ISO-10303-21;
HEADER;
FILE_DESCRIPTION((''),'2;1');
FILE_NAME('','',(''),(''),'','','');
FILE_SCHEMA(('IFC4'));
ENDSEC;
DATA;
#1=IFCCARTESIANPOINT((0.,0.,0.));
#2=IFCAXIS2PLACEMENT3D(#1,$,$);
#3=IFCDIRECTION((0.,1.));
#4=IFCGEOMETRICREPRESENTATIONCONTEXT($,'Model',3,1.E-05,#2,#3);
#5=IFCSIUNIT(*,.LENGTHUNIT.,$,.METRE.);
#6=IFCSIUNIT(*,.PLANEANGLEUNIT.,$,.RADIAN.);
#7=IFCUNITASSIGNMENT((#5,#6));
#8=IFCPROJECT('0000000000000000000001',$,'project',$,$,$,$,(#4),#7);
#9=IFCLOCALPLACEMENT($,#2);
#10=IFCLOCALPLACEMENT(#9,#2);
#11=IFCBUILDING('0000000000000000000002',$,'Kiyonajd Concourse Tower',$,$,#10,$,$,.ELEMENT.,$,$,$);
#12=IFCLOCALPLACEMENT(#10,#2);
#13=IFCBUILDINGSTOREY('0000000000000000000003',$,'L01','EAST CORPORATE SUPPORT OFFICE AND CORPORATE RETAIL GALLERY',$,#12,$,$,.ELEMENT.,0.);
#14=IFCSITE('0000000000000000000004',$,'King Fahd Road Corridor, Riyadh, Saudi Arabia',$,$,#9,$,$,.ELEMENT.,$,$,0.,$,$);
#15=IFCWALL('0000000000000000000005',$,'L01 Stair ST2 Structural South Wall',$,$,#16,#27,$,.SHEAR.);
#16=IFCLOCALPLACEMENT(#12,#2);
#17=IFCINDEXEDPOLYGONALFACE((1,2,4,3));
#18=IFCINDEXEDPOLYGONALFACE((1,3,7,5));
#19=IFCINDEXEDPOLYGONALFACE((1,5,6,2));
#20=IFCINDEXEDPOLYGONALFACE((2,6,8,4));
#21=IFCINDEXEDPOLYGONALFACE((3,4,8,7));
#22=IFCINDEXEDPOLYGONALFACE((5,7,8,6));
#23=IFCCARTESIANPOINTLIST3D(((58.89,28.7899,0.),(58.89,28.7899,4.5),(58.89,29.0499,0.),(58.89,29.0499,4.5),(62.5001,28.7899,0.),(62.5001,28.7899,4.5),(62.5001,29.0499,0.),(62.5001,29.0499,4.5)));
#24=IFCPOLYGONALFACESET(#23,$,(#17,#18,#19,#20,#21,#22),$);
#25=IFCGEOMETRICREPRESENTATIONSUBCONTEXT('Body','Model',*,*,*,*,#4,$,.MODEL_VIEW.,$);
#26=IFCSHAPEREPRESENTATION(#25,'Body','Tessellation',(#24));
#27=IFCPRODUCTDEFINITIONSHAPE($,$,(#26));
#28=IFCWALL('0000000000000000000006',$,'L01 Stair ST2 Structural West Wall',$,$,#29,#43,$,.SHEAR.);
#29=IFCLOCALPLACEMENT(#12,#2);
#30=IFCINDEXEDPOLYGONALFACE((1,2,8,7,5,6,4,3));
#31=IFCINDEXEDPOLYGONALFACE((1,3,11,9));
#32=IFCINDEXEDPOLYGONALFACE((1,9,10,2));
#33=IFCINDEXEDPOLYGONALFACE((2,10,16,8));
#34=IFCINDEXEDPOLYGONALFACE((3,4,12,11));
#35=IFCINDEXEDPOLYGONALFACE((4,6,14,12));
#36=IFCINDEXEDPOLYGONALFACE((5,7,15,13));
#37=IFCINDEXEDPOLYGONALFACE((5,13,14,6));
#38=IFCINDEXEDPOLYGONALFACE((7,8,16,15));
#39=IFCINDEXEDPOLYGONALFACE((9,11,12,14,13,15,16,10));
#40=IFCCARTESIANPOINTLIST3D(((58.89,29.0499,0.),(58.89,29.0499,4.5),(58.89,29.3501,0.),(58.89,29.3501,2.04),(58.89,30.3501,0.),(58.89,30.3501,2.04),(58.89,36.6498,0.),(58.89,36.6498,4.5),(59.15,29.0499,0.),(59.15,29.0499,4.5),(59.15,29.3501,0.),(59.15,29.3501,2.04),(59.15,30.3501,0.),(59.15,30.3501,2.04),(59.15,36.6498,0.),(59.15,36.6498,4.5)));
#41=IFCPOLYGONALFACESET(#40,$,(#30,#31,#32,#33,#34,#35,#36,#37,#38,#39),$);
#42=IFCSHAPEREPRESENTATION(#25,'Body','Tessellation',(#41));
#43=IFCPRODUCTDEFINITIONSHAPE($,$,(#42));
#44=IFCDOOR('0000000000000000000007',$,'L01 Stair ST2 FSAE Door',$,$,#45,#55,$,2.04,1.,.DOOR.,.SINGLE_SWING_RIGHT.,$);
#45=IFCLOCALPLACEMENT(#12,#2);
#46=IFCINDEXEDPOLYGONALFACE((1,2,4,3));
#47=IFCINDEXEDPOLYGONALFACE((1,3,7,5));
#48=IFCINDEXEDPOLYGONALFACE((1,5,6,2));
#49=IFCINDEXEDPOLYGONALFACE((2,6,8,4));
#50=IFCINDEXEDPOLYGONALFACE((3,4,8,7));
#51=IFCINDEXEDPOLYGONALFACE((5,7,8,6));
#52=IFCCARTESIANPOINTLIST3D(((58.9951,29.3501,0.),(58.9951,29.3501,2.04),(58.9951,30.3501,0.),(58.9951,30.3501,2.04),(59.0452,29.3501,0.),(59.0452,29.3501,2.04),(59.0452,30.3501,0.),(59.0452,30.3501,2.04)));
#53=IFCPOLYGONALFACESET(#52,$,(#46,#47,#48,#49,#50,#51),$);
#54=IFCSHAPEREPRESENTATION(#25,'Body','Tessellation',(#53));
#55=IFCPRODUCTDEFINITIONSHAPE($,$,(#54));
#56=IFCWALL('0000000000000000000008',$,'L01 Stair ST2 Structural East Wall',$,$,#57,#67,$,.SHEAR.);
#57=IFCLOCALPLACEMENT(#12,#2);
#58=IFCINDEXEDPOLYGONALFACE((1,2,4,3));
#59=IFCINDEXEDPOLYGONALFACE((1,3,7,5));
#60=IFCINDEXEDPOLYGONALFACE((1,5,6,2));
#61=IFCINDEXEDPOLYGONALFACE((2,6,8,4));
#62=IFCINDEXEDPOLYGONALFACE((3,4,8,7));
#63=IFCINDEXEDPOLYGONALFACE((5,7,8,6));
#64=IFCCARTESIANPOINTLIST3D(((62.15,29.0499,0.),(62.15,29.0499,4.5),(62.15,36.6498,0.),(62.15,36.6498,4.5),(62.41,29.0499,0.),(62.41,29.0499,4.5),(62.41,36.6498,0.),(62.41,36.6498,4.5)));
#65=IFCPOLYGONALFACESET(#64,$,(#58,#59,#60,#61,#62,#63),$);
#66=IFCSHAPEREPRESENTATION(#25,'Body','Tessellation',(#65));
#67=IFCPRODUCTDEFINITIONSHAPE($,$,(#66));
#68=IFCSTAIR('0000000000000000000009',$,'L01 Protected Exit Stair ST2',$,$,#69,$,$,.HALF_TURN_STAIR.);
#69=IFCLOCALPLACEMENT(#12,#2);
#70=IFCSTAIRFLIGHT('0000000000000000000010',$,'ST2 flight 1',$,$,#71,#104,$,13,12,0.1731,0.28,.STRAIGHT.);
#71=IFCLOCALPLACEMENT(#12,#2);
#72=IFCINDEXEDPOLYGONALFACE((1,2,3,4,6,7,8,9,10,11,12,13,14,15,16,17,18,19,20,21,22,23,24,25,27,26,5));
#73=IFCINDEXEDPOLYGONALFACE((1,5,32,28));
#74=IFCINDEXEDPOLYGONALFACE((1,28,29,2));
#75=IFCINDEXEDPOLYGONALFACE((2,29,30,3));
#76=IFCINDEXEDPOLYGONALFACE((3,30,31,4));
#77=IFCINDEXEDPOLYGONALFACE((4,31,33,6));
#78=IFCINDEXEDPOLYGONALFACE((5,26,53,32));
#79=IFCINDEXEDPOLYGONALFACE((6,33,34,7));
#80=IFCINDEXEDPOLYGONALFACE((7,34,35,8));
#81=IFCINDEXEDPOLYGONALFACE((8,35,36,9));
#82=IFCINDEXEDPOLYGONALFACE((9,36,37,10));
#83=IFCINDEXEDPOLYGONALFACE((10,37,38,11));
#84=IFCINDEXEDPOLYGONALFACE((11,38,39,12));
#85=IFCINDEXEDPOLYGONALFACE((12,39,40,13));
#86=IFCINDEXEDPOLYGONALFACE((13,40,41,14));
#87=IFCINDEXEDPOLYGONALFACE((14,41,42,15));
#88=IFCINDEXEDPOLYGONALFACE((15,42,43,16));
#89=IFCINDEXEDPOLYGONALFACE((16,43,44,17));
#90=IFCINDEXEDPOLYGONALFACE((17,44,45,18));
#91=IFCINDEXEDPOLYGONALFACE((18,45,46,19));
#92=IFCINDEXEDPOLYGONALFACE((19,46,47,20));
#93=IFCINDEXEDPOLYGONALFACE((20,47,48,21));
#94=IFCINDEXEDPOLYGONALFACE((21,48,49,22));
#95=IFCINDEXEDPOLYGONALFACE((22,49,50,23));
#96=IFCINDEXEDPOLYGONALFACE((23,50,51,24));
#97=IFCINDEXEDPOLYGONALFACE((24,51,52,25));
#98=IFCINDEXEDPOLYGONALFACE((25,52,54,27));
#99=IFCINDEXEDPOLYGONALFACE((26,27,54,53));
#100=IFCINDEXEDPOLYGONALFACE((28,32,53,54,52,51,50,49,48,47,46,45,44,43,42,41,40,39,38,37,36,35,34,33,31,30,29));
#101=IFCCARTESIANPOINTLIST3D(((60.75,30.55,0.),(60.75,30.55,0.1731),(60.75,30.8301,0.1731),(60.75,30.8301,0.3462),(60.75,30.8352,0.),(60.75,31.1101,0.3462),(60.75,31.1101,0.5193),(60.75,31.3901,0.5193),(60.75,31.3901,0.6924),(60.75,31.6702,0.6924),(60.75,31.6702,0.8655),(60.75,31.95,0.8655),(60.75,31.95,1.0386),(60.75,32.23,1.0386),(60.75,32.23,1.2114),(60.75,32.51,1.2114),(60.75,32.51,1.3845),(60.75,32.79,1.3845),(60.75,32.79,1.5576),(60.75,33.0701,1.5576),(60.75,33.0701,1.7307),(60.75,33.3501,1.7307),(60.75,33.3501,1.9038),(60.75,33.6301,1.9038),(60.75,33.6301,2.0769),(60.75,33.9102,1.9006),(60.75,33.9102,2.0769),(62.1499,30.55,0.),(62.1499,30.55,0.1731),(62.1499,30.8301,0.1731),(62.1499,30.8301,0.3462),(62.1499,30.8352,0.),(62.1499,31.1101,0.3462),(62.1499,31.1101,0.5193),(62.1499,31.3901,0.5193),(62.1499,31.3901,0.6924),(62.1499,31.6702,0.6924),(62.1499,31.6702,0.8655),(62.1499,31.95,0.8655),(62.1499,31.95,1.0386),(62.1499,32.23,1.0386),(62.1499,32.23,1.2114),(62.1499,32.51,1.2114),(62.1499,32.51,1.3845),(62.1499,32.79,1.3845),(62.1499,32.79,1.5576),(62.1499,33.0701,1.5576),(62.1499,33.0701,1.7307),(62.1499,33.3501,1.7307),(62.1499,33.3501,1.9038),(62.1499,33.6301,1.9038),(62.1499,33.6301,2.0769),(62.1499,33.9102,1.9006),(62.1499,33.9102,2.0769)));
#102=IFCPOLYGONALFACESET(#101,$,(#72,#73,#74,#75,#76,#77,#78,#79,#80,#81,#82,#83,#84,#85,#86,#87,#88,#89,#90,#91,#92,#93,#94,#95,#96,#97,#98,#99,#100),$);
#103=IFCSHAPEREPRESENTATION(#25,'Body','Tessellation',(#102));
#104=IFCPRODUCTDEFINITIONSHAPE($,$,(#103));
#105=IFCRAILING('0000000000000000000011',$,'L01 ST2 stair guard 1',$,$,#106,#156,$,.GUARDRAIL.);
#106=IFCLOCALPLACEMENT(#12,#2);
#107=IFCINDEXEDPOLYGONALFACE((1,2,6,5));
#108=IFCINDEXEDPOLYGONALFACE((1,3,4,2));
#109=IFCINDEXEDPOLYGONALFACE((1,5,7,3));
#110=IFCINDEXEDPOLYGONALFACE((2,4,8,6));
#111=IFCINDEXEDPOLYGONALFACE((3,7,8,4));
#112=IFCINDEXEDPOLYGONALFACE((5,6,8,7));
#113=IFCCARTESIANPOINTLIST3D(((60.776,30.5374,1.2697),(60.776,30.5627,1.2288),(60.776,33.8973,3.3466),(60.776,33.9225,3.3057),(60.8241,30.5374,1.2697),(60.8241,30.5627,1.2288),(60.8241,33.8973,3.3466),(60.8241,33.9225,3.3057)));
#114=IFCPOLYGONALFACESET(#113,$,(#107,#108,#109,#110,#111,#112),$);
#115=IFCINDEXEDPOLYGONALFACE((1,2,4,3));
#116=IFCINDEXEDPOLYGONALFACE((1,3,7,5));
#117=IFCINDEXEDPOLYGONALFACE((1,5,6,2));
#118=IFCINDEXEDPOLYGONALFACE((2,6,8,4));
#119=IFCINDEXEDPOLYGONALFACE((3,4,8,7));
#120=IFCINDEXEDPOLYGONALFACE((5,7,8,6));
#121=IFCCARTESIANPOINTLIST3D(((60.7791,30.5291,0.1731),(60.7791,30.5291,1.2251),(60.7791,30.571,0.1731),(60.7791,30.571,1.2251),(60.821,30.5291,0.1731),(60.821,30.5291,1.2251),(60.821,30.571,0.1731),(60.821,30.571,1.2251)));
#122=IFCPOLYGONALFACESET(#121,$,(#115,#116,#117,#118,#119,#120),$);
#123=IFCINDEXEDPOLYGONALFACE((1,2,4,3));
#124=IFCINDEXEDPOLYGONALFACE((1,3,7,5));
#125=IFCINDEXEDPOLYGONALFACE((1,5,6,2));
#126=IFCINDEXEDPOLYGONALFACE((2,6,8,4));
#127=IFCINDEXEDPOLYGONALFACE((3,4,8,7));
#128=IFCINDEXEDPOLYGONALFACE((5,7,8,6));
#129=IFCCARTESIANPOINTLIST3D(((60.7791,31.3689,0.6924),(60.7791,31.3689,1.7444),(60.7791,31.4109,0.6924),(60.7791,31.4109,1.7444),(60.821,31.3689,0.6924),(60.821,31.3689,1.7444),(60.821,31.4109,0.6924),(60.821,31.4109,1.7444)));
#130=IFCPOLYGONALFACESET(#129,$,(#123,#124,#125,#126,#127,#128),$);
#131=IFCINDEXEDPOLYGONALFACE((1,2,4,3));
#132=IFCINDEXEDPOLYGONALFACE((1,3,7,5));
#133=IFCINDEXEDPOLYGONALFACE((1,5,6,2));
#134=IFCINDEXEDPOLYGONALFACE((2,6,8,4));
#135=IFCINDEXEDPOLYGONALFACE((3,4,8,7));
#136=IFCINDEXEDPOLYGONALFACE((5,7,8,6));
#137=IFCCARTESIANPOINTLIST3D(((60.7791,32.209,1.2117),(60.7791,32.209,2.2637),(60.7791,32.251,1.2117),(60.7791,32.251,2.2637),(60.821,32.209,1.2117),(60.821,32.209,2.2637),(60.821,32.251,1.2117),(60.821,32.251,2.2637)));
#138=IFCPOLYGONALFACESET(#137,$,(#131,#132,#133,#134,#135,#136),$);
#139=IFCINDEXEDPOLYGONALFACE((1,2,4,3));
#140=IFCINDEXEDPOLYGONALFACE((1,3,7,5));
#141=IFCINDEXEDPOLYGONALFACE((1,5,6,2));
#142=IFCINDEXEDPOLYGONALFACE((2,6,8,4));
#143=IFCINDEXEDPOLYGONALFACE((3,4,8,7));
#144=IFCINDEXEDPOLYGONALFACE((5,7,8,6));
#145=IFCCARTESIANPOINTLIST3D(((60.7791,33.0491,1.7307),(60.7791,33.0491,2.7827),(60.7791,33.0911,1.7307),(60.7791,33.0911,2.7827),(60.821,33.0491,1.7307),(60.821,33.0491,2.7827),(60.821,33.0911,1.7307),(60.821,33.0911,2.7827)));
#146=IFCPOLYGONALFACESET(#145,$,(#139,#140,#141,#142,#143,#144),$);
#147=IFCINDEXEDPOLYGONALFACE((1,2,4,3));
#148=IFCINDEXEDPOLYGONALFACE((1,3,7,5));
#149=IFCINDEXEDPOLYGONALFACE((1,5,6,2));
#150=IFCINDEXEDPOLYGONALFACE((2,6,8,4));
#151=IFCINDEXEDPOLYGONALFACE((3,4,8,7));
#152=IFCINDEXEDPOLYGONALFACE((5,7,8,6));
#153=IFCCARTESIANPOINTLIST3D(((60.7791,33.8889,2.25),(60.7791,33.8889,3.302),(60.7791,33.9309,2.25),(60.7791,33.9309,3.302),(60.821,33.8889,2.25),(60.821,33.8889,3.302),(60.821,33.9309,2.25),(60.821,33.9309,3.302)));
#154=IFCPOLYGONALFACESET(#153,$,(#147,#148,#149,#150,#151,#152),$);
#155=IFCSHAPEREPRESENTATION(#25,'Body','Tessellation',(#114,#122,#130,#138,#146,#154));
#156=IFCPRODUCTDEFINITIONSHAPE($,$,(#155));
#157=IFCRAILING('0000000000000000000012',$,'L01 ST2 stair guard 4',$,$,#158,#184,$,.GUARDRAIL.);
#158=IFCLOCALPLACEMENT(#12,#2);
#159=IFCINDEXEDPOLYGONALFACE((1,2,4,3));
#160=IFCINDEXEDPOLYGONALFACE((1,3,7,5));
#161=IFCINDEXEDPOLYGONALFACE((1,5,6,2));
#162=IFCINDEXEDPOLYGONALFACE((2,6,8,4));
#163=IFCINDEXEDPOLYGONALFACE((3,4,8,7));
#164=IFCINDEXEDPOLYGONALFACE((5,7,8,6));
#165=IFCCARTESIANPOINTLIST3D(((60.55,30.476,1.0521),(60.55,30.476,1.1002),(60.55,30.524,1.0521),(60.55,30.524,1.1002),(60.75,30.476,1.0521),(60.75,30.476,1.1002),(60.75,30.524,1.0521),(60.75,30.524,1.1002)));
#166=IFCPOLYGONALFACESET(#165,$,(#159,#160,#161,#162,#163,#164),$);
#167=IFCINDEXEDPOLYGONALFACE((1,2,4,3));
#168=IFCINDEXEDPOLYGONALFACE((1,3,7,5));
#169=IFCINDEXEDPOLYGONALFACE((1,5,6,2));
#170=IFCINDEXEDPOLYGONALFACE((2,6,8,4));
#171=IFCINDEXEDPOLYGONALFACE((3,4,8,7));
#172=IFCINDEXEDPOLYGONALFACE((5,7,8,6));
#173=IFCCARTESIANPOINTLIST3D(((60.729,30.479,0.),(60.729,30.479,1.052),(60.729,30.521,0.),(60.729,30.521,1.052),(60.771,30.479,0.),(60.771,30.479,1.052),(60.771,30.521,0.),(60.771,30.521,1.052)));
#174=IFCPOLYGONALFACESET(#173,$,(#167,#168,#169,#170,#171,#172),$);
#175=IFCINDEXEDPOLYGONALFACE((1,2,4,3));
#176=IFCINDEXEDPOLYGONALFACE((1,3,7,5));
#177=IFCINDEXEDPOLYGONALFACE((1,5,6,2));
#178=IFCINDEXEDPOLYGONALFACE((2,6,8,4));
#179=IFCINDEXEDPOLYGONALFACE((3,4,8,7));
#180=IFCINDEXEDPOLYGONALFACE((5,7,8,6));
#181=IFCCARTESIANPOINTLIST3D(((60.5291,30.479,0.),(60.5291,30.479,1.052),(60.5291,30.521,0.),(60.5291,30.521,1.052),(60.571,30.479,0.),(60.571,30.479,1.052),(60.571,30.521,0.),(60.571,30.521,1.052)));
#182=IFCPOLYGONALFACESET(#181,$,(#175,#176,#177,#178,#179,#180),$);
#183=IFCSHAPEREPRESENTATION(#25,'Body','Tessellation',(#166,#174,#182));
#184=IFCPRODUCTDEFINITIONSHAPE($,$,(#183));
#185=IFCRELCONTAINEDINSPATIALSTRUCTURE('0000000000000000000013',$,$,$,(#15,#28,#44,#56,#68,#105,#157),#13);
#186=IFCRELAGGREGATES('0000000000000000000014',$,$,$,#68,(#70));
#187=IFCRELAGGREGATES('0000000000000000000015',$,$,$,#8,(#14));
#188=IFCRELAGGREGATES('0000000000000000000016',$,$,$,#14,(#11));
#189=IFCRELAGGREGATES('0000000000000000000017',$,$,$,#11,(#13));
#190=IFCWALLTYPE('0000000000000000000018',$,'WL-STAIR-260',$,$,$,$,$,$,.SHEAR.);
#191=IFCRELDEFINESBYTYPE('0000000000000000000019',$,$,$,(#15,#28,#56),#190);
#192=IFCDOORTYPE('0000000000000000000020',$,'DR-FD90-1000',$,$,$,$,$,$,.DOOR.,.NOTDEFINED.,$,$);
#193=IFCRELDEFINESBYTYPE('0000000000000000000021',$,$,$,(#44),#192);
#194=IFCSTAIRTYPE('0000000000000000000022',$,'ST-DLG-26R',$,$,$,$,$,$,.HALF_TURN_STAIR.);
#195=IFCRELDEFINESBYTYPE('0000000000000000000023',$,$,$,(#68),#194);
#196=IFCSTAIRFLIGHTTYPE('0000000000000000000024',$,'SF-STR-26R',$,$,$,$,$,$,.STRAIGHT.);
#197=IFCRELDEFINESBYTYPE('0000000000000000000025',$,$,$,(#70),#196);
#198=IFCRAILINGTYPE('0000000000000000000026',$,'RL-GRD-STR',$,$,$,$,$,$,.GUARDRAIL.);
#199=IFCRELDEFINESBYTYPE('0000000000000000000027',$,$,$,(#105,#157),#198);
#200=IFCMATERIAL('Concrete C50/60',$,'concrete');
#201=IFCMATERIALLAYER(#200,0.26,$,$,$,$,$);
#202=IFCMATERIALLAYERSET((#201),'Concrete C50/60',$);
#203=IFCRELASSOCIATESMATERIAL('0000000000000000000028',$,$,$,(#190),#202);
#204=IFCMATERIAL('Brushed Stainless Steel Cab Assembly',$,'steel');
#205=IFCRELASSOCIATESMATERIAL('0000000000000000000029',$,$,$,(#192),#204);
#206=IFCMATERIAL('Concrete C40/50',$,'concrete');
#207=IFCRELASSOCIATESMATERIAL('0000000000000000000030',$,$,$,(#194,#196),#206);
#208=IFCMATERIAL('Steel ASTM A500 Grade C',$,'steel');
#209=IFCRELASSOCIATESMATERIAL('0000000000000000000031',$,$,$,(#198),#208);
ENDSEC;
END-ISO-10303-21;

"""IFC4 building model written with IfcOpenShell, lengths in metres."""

from ifc_helpers import new_model, si_unit, direction, frame, frame_2d, origin, origin_2d, place, context, subcontext, project, spatial, polyline, rectangle, outline, extrude, material, layer, layer_set, type_object, element, fill, aggregate, save


model = new_model("IFC4")

# Units and contexts
model_context = context("Model", 3, precision=1e-05, world=origin(), true_north=direction((0.0, 1.0)))
body_context = subcontext(model_context, "Body", "Model", "MODEL_VIEW")
ifc_project = project(units=[si_unit("LENGTHUNIT", "METRE"), si_unit("PLANEANGLEUNIT", "RADIAN")], contexts=[model_context])

# Site, building, storey
site_placement = place(None, origin())
site = spatial("IfcSite", under=ifc_project, at=site_placement, Name="King Fahd Road Corridor, Riyadh, Saudi Arabia", CompositionType="ELEMENT", RefElevation=0.0)
building_placement = place(site_placement, origin())
building = spatial("IfcBuilding", under=site, at=building_placement, Name="Kiyonajd Concourse Tower", CompositionType="ELEMENT")
storey_placement = place(building_placement, origin())
storey = spatial("IfcBuildingStorey", under=building, at=storey_placement, Name="L01", Description="EAST CORPORATE SUPPORT OFFICE AND CORPORATE RETAIL GALLERY", CompositionType="ELEMENT", Elevation=0.0)

# Shared definitions
ifc_material_1 = material(Name="Concrete C50/60", Category="concrete")

# Shared definitions
ifc_material_2 = material(Name="Brushed Stainless Steel Cab Assembly", Category="steel")

# Wall
ifc_layer_1 = layer(ifc_material_1, 0.26)
ifc_layer_set_1 = layer_set([ifc_layer_1], Name="Concrete C50/60")
wall_type_1 = type_object("IfcWallType", Name="WL-STAIR-260", PredefinedType="SHEAR", material=ifc_layer_set_1)
wall_1_placement = place(storey_placement, frame((58.8899, 28.9199, 0.0), z_axis=(0.0, 0.0, 1.0), x_axis=(1.0, 0.0, 0.0)))
element("IfcWall", 1, at=wall_1_placement, inside=storey, type_object=wall_type_1, Name="L01 Stair ST2 Structural South Wall", PredefinedType="SHEAR", context=body_context, shape_type="SweptSolid", body=[
    extrude(rectangle(XDim=3.6101, YDim=0.26, at=frame_2d((1.8052, 0.0))), origin(), (0.0, 0.0, 1.0), 4.5),
])

# Wall, opening, door
wall_2_placement = place(storey_placement, frame((59.02, 29.05, 0.0), z_axis=(0.0, 0.0, 1.0), x_axis=(0.0, 1.0, 0.0)))
wall_2 = element("IfcWall", 2, at=wall_2_placement, inside=storey, type_object=wall_type_1, Name="L01 Stair ST2 Structural West Wall", PredefinedType="SHEAR", context=body_context, shape_type="SweptSolid", body=[
    extrude(rectangle(XDim=7.5999, YDim=0.26, at=frame_2d((3.7998, 0.0))), origin(), (0.0, 0.0, 1.0), 4.5),
])
opening_1_placement = place(wall_2_placement, frame((0.3, 0.0, 0.0)))
opening_1 = element("IfcOpeningElement", 3, at=opening_1_placement, cuts=wall_2, PredefinedType="OPENING", context=body_context, shape_type="SweptSolid", body=[
    extrude(rectangle(XDim=1.0, YDim=2.04, at=frame_2d((0.5, 1.02))), frame((0.0, 0.1399, 0.0), z_axis=(0.0, -1.0, 0.0), x_axis=(1.0, 0.0, 0.0)), (0.0, 0.0, 1.0), 0.28),
])
door_type_1 = type_object("IfcDoorType", Name="DR-FD90-1000", OperationType="NOTDEFINED", PredefinedType="DOOR", material=ifc_material_2)
door_1_placement = place(opening_1_placement, origin())
door_1 = element("IfcDoor", 4, at=door_1_placement, inside=storey, type_object=door_type_1, Name="L01 Stair ST2 FSAE Door", OperationType="SINGLE_SWING_RIGHT", OverallHeight=2.04, OverallWidth=1.0, PredefinedType="DOOR", context=body_context, shape_type="SweptSolid", body=[
    extrude(rectangle(XDim=1.0, YDim=2.04, at=frame_2d((0.5, 1.02))), frame((0.0, 0.0249, 0.0), z_axis=(0.0, -1.0, 0.0), x_axis=(1.0, 0.0, 0.0)), (0.0, 0.0, 1.0), 0.05),
])
fill(opening_1, door_1)

# Wall
wall_3_placement = place(storey_placement, frame((62.28, 29.05, 0.0), z_axis=(0.0, 0.0, 1.0), x_axis=(0.0, 1.0, 0.0)))
element("IfcWall", 5, at=wall_3_placement, inside=storey, type_object=wall_type_1, Name="L01 Stair ST2 Structural East Wall", PredefinedType="SHEAR", context=body_context, shape_type="SweptSolid", body=[
    extrude(rectangle(XDim=7.5999, YDim=0.26, at=frame_2d((3.7998, 0.0))), origin(), (0.0, 0.0, 1.0), 4.5),
])

# Stair, stair flight
ifc_material_3 = material(Name="Concrete C40/50", Category="concrete")
stair_type = type_object("IfcStairType", Name="ST-DLG-26R", PredefinedType="HALF_TURN_STAIR", material=ifc_material_3)
stair_placement = place(storey_placement, origin())
stair = element("IfcStair", 6, at=stair_placement, inside=storey, type_object=stair_type, Name="L01 Protected Exit Stair ST2", PredefinedType="HALF_TURN_STAIR")
stair_flight_type = type_object("IfcStairFlightType", Name="SF-STR-26R", PredefinedType="STRAIGHT", material=ifc_material_3)
stair_flight_placement = place(storey_placement, frame((61.45, 30.55, 0.0), z_axis=(0.0, 0.0, 1.0), x_axis=(0.0, 1.0, 0.0)))
stair_flight = element("IfcStairFlight", 7, at=stair_flight_placement, type_object=stair_flight_type, Name="ST2 flight 1", NumberOfRisers=13, NumberOfTreads=12, PredefinedType="STRAIGHT", RiserHeight=0.1731, TreadLength=0.28, context=body_context, shape_type="SweptSolid", body=[
    extrude(outline(polyline([(0.0, 0.0), (0.0, 0.1731), (0.28, 0.1731), (0.28, 0.3462), (0.5601, 0.3462), (0.5601, 0.5193), (0.8401, 0.5193), (0.8401, 0.6924), (1.1201, 0.6924), (1.1201, 0.8655), (1.3999, 0.8655), (1.3999, 1.0386), (1.6799, 1.0386), (1.6799, 1.2114), (1.96, 1.2114), (1.96, 1.3845), (2.24, 1.3845), (2.24, 1.5576), (2.52, 1.5576), (2.52, 1.7307), (2.8, 1.7307), (2.8, 1.9038), (3.0801, 1.9038), (3.0801, 2.0769), (3.3601, 2.0769), (3.3601, 2.25), (3.3601, 1.9006), (0.2852, 0.0), (0.0, 0.0)])), frame((0.0, 0.7, 0.0), z_axis=(0.0, -1.0, 0.0), x_axis=(1.0, 0.0, 0.0)), (0.0, 0.0, 1.0), 1.3999),
])
aggregate(stair, [stair_flight])

# Railings
ifc_material_4 = material(Name="Steel ASTM A500 Grade C", Category="steel")
railing_type_1 = type_object("IfcRailingType", Name="RL-GRD-STR", PredefinedType="GUARDRAIL", material=ifc_material_4)
railing_1_placement = place(storey_placement, frame((60.8, 30.55, 0.1731)))
element("IfcRailing", 8, at=railing_1_placement, inside=storey, type_object=railing_type_1, Name="L01 ST2 stair guard 1", PredefinedType="GUARDRAIL", context=body_context, shape_type="SweptSolid", body=[
    extrude(rectangle(XDim=0.0481, YDim=0.0481, at=origin_2d()), frame((0.0, 0.0, 1.0762), z_axis=(0.0, 0.850606, 0.525803), x_axis=(-1.0, 0.0, 0.0)), (0.0, 0.0, 1.0), 3.95),
    extrude(rectangle(XDim=0.042, YDim=0.042, at=origin_2d()), origin(), (0.0, 0.0, 1.0), 1.052),
    extrude(rectangle(XDim=0.042, YDim=0.042, at=origin_2d()), frame((0.0, 0.8398, 0.5193)), (0.0, 0.0, 1.0), 1.052),
    extrude(rectangle(XDim=0.042, YDim=0.042, at=origin_2d()), frame((0.0, 1.6799, 1.0386)), (0.0, 0.0, 1.0), 1.052),
    extrude(rectangle(XDim=0.042, YDim=0.042, at=origin_2d()), frame((0.0, 2.52, 1.5576)), (0.0, 0.0, 1.0), 1.052),
    extrude(rectangle(XDim=0.042, YDim=0.042, at=origin_2d()), frame((0.0, 3.3599, 2.0769)), (0.0, 0.0, 1.0), 1.052),
])
railing_2_placement = place(storey_placement, frame((60.75, 30.5, 0.0)))
element("IfcRailing", 9, at=railing_2_placement, inside=storey, type_object=railing_type_1, Name="L01 ST2 stair guard 4", PredefinedType="GUARDRAIL", context=body_context, shape_type="SweptSolid", body=[
    extrude(rectangle(XDim=0.0481, YDim=0.0481, at=origin_2d()), frame((0.0, 0.0, 1.0762), z_axis=(-1.0, 0.0, 0.0), x_axis=(0.0, -1.0, 0.0)), (0.0, 0.0, 1.0), 0.2),
    extrude(rectangle(XDim=0.042, YDim=0.042, at=origin_2d()), origin(), (0.0, 0.0, 1.0), 1.052),
    extrude(rectangle(XDim=0.042, YDim=0.042, at=origin_2d()), frame((-0.2, 0.0, 0.0)), (0.0, 0.0, 1.0), 1.052),
])

save(model, "model.ifc")
